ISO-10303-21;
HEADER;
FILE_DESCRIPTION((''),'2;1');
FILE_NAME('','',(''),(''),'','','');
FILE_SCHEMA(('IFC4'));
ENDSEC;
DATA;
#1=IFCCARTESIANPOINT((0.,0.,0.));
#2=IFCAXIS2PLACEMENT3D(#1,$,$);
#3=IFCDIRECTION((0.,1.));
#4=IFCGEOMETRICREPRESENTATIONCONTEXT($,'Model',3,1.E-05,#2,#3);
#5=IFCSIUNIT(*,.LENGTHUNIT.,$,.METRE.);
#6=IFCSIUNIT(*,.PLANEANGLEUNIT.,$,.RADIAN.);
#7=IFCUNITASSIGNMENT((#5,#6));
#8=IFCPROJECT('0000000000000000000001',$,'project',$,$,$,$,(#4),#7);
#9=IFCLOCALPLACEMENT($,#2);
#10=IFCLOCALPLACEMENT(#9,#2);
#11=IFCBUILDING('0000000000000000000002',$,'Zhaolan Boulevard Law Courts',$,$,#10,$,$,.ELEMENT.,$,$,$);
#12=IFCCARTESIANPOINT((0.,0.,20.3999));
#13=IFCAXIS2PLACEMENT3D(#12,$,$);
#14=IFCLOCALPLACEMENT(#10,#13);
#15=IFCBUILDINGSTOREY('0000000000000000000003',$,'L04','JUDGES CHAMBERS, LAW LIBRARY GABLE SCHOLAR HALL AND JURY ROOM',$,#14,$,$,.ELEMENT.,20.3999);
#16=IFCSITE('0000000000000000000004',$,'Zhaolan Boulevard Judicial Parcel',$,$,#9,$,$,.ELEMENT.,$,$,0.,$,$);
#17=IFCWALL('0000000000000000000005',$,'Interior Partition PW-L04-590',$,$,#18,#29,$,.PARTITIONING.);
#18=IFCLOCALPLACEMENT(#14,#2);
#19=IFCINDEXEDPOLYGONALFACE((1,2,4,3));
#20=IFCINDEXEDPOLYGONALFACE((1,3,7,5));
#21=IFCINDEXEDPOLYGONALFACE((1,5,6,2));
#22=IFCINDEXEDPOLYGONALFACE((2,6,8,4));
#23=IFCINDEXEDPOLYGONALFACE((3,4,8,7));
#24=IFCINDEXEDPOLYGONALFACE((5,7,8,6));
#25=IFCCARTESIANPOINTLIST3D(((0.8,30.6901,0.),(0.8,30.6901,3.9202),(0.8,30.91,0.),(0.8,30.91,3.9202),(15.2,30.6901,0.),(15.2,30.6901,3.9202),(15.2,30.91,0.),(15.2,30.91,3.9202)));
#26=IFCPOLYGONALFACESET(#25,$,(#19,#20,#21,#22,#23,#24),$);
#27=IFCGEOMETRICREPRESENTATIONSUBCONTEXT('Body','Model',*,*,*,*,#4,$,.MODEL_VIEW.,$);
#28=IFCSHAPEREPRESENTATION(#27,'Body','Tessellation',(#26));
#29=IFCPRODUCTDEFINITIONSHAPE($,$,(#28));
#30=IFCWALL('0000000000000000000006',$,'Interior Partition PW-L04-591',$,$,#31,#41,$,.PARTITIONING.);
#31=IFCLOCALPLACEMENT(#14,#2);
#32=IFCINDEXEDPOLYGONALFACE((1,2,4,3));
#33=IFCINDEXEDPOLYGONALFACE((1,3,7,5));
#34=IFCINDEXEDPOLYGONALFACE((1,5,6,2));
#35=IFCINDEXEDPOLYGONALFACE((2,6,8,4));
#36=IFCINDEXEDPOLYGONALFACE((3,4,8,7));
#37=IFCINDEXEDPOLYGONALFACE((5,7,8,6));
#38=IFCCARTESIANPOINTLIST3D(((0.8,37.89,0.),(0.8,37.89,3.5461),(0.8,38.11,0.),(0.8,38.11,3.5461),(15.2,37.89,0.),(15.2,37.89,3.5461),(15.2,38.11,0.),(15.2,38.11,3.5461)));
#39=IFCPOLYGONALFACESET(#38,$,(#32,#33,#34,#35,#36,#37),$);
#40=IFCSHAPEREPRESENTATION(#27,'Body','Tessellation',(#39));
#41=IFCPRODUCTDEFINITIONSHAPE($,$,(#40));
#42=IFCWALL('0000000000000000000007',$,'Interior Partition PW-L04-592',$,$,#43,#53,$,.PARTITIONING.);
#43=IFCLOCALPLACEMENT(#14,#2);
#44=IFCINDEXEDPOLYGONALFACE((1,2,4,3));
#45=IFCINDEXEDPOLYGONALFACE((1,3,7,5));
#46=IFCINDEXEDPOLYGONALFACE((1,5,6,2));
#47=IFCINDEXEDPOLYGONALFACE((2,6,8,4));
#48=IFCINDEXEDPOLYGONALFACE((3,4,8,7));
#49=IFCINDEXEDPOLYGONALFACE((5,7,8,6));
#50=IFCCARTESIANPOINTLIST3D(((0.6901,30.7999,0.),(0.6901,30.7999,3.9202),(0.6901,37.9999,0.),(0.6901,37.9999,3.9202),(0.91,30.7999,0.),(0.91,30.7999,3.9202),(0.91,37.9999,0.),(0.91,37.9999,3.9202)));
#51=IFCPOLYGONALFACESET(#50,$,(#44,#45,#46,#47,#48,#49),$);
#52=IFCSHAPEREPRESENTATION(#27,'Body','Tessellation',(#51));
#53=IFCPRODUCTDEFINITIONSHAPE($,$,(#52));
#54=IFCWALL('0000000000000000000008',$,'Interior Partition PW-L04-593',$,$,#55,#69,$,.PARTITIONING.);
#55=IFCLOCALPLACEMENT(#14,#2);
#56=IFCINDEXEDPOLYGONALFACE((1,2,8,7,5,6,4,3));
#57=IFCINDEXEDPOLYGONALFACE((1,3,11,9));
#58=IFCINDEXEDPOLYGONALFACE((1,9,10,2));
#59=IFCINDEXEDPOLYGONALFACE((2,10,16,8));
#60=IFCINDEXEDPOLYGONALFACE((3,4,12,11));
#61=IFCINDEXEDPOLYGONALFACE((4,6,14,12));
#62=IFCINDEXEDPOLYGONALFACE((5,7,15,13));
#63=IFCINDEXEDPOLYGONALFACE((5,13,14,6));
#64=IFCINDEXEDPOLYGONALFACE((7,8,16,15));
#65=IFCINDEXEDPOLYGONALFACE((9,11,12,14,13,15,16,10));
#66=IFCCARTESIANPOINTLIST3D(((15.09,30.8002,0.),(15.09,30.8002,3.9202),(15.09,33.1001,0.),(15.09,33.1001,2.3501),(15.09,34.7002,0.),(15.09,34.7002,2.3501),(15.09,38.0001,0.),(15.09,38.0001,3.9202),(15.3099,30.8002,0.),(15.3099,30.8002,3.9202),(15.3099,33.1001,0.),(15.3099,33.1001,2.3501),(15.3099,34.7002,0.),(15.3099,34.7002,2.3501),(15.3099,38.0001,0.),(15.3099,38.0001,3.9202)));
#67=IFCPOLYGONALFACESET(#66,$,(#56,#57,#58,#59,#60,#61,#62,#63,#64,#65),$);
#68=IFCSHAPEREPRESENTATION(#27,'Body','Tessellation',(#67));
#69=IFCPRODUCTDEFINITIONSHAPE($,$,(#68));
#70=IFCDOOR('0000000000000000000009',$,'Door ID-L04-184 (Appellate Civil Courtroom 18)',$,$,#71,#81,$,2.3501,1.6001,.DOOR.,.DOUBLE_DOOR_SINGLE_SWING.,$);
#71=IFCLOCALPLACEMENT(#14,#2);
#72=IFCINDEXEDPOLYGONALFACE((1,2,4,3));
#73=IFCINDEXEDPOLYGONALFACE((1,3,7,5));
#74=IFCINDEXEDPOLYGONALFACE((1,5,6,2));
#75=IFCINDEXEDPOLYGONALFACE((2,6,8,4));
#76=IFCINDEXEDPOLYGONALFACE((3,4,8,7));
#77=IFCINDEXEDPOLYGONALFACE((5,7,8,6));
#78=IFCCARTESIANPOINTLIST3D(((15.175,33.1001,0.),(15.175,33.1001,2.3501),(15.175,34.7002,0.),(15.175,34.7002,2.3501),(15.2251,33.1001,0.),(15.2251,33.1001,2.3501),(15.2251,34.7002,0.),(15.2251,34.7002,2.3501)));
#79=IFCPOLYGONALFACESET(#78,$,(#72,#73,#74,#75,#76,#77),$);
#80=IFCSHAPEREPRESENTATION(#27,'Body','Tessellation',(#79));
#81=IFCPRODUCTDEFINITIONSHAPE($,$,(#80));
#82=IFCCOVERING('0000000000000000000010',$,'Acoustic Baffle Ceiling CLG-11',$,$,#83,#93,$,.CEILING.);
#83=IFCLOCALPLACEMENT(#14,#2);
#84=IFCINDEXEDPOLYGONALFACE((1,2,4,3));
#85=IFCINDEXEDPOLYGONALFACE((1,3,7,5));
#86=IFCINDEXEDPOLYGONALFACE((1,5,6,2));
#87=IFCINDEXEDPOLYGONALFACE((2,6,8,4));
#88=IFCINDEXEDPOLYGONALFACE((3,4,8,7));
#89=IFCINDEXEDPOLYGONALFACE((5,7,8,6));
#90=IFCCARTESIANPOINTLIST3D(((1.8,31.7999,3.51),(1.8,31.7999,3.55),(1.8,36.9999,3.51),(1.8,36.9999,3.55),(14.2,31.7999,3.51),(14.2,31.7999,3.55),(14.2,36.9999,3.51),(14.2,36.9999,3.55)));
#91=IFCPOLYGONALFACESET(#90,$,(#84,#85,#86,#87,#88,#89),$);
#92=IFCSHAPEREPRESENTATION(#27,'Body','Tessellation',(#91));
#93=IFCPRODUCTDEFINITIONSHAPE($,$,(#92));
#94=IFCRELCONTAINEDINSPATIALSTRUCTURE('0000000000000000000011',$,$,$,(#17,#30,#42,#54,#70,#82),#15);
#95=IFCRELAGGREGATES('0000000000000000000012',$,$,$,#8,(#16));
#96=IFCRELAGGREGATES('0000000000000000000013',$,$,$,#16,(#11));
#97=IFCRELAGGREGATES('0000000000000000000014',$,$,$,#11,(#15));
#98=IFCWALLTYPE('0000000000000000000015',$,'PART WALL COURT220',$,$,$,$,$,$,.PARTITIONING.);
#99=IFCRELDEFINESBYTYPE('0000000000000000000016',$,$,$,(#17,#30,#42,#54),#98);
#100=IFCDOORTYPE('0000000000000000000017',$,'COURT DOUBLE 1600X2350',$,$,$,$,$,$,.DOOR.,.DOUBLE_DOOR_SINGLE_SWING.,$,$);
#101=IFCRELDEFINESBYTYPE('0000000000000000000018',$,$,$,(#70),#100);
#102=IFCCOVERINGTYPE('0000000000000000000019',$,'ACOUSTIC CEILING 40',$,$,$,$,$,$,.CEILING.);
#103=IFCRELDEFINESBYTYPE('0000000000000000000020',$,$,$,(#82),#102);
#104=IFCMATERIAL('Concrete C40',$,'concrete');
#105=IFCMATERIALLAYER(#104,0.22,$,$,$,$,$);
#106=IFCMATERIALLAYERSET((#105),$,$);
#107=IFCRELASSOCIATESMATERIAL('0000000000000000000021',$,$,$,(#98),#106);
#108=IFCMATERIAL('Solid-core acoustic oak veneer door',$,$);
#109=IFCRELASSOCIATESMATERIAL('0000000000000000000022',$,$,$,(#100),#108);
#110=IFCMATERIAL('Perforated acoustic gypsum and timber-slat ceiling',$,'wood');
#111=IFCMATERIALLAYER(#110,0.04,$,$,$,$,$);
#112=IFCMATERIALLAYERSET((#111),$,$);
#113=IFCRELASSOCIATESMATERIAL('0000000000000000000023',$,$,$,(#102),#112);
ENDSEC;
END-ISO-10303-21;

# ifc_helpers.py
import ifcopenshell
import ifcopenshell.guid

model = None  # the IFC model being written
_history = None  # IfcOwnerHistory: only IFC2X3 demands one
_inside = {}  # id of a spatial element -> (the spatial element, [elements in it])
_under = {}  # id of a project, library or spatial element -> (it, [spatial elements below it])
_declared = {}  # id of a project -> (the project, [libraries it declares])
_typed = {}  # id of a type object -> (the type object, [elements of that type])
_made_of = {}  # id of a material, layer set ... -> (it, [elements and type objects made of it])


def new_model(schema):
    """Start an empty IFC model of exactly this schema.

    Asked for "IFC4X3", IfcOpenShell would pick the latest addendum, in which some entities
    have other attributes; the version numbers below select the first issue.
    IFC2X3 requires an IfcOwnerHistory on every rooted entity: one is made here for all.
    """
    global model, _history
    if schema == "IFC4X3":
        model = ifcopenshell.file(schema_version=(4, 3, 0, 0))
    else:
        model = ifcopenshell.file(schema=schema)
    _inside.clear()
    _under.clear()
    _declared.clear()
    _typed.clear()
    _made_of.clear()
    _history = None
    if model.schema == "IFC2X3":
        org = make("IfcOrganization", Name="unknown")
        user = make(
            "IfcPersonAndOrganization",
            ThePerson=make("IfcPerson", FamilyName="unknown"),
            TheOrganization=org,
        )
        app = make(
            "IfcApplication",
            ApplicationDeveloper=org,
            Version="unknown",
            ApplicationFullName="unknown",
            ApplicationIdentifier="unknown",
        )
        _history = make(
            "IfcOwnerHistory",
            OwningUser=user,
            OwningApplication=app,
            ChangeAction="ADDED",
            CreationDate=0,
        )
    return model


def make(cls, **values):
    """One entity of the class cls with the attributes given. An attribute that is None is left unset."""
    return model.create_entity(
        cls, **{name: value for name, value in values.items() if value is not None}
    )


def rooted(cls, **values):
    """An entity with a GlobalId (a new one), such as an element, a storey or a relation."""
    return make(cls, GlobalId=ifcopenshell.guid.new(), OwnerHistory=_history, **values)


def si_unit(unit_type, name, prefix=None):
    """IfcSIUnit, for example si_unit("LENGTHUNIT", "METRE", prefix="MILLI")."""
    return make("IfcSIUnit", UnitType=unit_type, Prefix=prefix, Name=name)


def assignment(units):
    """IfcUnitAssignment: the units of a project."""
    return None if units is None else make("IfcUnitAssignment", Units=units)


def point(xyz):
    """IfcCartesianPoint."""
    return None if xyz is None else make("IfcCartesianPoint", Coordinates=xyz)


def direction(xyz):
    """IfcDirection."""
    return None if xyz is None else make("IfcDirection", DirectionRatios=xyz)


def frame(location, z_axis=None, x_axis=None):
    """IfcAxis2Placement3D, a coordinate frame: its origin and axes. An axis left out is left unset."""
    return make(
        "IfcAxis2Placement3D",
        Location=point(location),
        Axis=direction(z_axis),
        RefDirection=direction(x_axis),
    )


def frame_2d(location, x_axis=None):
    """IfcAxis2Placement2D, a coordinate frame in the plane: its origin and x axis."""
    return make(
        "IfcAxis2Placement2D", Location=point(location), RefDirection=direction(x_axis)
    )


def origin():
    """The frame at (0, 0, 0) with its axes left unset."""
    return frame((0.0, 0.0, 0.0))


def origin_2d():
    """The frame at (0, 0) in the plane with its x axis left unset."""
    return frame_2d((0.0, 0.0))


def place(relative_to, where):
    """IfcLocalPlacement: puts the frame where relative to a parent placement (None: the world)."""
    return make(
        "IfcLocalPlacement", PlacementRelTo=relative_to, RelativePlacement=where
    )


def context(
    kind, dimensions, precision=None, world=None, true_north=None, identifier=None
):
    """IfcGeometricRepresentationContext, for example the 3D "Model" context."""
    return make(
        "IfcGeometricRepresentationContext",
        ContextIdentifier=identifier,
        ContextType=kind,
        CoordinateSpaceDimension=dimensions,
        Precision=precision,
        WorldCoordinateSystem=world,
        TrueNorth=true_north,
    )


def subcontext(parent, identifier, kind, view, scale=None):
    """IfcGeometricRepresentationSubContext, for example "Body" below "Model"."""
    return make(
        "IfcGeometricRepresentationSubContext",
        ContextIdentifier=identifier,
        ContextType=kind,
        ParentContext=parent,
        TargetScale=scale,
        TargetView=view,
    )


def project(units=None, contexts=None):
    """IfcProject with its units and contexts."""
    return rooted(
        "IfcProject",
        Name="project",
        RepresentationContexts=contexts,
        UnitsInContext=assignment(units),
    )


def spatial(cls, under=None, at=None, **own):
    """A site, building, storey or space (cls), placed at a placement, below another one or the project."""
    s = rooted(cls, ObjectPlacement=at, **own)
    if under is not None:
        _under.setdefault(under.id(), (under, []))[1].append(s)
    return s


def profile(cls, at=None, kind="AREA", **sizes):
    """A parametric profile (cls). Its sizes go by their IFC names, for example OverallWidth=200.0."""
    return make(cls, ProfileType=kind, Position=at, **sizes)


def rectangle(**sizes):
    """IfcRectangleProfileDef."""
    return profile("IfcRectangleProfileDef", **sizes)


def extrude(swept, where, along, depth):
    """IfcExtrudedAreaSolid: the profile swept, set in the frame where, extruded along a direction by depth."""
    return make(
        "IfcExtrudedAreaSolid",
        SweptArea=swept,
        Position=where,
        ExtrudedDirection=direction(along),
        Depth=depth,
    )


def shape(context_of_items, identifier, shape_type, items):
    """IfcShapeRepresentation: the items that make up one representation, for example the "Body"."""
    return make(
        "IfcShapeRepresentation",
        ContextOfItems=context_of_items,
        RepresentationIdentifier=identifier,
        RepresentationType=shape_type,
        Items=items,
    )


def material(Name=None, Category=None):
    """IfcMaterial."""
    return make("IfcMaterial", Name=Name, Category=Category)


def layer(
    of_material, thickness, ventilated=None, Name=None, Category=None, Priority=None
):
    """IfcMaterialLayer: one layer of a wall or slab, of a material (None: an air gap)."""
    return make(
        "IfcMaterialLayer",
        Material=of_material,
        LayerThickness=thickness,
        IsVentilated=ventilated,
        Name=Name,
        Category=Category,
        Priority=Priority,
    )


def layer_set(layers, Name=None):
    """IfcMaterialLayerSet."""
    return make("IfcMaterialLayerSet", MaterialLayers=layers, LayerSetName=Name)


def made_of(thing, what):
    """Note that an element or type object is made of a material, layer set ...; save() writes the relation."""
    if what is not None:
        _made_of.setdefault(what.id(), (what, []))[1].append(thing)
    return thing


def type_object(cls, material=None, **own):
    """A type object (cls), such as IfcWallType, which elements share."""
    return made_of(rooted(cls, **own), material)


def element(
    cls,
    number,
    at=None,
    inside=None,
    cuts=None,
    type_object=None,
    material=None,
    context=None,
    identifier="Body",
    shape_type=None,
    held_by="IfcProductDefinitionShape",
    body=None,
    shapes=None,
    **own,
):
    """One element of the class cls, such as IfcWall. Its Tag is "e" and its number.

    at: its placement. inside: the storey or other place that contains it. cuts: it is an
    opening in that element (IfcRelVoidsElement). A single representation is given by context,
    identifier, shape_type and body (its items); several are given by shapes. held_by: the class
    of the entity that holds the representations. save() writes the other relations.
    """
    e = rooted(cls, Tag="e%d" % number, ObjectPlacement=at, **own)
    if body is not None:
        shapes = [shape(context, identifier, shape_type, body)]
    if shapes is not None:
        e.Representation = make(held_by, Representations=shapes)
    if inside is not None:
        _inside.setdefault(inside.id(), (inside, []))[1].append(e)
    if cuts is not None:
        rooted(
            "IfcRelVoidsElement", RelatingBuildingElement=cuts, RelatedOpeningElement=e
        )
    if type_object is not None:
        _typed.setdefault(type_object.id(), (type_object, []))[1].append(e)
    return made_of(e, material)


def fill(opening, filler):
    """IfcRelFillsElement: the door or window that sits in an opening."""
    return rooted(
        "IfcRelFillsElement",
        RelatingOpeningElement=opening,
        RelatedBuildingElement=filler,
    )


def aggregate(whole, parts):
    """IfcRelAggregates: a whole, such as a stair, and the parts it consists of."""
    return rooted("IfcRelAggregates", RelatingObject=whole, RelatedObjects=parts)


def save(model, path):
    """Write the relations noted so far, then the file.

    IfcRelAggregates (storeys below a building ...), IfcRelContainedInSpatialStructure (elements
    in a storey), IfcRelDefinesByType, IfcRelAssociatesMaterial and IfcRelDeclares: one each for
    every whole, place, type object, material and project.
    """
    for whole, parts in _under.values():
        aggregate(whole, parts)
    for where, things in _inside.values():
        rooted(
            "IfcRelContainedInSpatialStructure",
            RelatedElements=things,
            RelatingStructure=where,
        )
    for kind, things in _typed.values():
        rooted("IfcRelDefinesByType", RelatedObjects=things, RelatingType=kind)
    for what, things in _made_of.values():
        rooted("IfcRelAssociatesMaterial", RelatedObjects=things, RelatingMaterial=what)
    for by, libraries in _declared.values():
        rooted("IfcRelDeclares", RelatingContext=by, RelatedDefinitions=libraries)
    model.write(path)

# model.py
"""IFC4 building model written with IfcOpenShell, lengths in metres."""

from ifc_helpers import new_model, si_unit, direction, frame, frame_2d, origin, origin_2d, place, context, subcontext, project, spatial, rectangle, extrude, material, layer, layer_set, type_object, element, fill, save


model = new_model("IFC4")

# Units and contexts
model_context = context("Model", 3, precision=1e-05, world=origin(), true_north=direction((0.0, 1.0)))
body_context = subcontext(model_context, "Body", "Model", "MODEL_VIEW")
ifc_project = project(units=[si_unit("LENGTHUNIT", "METRE"), si_unit("PLANEANGLEUNIT", "RADIAN")], contexts=[model_context])

# Site, building, storey
site_placement = place(None, origin())
site = spatial("IfcSite", under=ifc_project, at=site_placement, Name="Zhaolan Boulevard Judicial Parcel", CompositionType="ELEMENT", RefElevation=0.0)
building_placement = place(site_placement, origin())
building = spatial("IfcBuilding", under=site, at=building_placement, Name="Zhaolan Boulevard Law Courts", CompositionType="ELEMENT")
storey_placement = place(building_placement, frame((0.0, 0.0, 20.3999)))
storey = spatial("IfcBuildingStorey", under=building, at=storey_placement, Name="L04", Description="JUDGES CHAMBERS, LAW LIBRARY GABLE SCHOLAR HALL AND JURY ROOM", CompositionType="ELEMENT", Elevation=20.3999)

# Walls
ifc_material_1 = material(Name="Concrete C40", Category="concrete")
ifc_layer_1 = layer(ifc_material_1, 0.22)
ifc_layer_set_1 = layer_set([ifc_layer_1])
wall_type = type_object("IfcWallType", Name="PART WALL COURT220", PredefinedType="PARTITIONING", material=ifc_layer_set_1)
wall_1_placement = place(storey_placement, frame((0.8, 30.8, 0.0), z_axis=(0.0, 0.0, 1.0), x_axis=(1.0, 0.0, 0.0)))
element("IfcWall", 1, at=wall_1_placement, inside=storey, type_object=wall_type, Name="Interior Partition PW-L04-590", PredefinedType="PARTITIONING", context=body_context, shape_type="SweptSolid", body=[
    extrude(rectangle(XDim=14.3999, YDim=0.22, at=frame_2d((7.2, 0.0))), origin(), (0.0, 0.0, 1.0), 3.9202),
])
wall_2_placement = place(storey_placement, frame((15.2, 38.0, 0.0), z_axis=(0.0, 0.0, 1.0), x_axis=(-1.0, 0.0, 0.0)))
element("IfcWall", 2, at=wall_2_placement, inside=storey, type_object=wall_type, Name="Interior Partition PW-L04-591", PredefinedType="PARTITIONING", context=body_context, shape_type="SweptSolid", body=[
    extrude(rectangle(XDim=14.3999, YDim=0.22, at=frame_2d((7.2, 0.0))), origin(), (0.0, 0.0, 1.0), 3.5461),
])
wall_3_placement = place(storey_placement, frame((0.8, 38.0, 0.0), z_axis=(0.0, 0.0, 1.0), x_axis=(0.0, -1.0, 0.0)))
element("IfcWall", 3, at=wall_3_placement, inside=storey, type_object=wall_type, Name="Interior Partition PW-L04-592", PredefinedType="PARTITIONING", context=body_context, shape_type="SweptSolid", body=[
    extrude(rectangle(XDim=7.2, YDim=0.22, at=frame_2d((3.6001, 0.0))), origin(), (0.0, 0.0, 1.0), 3.9202),
])

# Wall, opening, door
wall_4_placement = place(storey_placement, frame((15.2, 30.8, 0.0), z_axis=(0.0, 0.0, 1.0), x_axis=(0.0, 1.0, 0.0)))
wall_4 = element("IfcWall", 4, at=wall_4_placement, inside=storey, type_object=wall_type, Name="Interior Partition PW-L04-593", PredefinedType="PARTITIONING", context=body_context, shape_type="SweptSolid", body=[
    extrude(rectangle(XDim=7.2, YDim=0.22, at=frame_2d((3.6001, 0.0))), origin(), (0.0, 0.0, 1.0), 3.9202),
])
opening_placement = place(wall_4_placement, frame((2.3, 0.0, 0.0)))
opening = element("IfcOpeningElement", 5, at=opening_placement, cuts=wall_4, PredefinedType="OPENING", context=body_context, shape_type="SweptSolid", body=[
    extrude(rectangle(XDim=1.6001, YDim=2.3501, at=frame_2d((0.8, 1.175))), frame((0.0, 0.1199, 0.0), z_axis=(0.0, -1.0, 0.0), x_axis=(1.0, 0.0, 0.0)), (0.0, 0.0, 1.0), 0.24),
])
ifc_material_2 = material(Name="Solid-core acoustic oak veneer door")
door_type = type_object("IfcDoorType", Name="COURT DOUBLE 1600X2350", OperationType="DOUBLE_DOOR_SINGLE_SWING", PredefinedType="DOOR", material=ifc_material_2)
door_placement = place(opening_placement, origin())
door = element("IfcDoor", 6, at=door_placement, inside=storey, type_object=door_type, Name="Door ID-L04-184 (Appellate Civil Courtroom 18)", OperationType="DOUBLE_DOOR_SINGLE_SWING", OverallHeight=2.3501, OverallWidth=1.6001, PredefinedType="DOOR", context=body_context, shape_type="SweptSolid", body=[
    extrude(rectangle(XDim=1.6001, YDim=2.3501, at=frame_2d((0.8, 1.175))), frame((0.0, 0.0249, 0.0), z_axis=(0.0, -1.0, 0.0), x_axis=(1.0, 0.0, 0.0)), (0.0, 0.0, 1.0), 0.05),
])
fill(opening, door)

# Covering
ifc_material_3 = material(Name="Perforated acoustic gypsum and timber-slat ceiling", Category="wood")
ifc_layer_2 = layer(ifc_material_3, 0.04)
ifc_layer_set_2 = layer_set([ifc_layer_2])
covering_type = type_object("IfcCoveringType", Name="ACOUSTIC CEILING 40", PredefinedType="CEILING", material=ifc_layer_set_2)
covering_placement = place(storey_placement, frame((8.0, 34.3999, 3.51), z_axis=(0.0, 0.0, 1.0), x_axis=(1.0, 0.0, 0.0)))
element("IfcCovering", 7, at=covering_placement, inside=storey, type_object=covering_type, Name="Acoustic Baffle Ceiling CLG-11", PredefinedType="CEILING", context=body_context, shape_type="SweptSolid", body=[
    extrude(rectangle(XDim=12.3999, YDim=5.2, at=origin_2d()), origin(), (0.0, 0.0, 1.0), 0.04),
])

save(model, "model.ifc")
